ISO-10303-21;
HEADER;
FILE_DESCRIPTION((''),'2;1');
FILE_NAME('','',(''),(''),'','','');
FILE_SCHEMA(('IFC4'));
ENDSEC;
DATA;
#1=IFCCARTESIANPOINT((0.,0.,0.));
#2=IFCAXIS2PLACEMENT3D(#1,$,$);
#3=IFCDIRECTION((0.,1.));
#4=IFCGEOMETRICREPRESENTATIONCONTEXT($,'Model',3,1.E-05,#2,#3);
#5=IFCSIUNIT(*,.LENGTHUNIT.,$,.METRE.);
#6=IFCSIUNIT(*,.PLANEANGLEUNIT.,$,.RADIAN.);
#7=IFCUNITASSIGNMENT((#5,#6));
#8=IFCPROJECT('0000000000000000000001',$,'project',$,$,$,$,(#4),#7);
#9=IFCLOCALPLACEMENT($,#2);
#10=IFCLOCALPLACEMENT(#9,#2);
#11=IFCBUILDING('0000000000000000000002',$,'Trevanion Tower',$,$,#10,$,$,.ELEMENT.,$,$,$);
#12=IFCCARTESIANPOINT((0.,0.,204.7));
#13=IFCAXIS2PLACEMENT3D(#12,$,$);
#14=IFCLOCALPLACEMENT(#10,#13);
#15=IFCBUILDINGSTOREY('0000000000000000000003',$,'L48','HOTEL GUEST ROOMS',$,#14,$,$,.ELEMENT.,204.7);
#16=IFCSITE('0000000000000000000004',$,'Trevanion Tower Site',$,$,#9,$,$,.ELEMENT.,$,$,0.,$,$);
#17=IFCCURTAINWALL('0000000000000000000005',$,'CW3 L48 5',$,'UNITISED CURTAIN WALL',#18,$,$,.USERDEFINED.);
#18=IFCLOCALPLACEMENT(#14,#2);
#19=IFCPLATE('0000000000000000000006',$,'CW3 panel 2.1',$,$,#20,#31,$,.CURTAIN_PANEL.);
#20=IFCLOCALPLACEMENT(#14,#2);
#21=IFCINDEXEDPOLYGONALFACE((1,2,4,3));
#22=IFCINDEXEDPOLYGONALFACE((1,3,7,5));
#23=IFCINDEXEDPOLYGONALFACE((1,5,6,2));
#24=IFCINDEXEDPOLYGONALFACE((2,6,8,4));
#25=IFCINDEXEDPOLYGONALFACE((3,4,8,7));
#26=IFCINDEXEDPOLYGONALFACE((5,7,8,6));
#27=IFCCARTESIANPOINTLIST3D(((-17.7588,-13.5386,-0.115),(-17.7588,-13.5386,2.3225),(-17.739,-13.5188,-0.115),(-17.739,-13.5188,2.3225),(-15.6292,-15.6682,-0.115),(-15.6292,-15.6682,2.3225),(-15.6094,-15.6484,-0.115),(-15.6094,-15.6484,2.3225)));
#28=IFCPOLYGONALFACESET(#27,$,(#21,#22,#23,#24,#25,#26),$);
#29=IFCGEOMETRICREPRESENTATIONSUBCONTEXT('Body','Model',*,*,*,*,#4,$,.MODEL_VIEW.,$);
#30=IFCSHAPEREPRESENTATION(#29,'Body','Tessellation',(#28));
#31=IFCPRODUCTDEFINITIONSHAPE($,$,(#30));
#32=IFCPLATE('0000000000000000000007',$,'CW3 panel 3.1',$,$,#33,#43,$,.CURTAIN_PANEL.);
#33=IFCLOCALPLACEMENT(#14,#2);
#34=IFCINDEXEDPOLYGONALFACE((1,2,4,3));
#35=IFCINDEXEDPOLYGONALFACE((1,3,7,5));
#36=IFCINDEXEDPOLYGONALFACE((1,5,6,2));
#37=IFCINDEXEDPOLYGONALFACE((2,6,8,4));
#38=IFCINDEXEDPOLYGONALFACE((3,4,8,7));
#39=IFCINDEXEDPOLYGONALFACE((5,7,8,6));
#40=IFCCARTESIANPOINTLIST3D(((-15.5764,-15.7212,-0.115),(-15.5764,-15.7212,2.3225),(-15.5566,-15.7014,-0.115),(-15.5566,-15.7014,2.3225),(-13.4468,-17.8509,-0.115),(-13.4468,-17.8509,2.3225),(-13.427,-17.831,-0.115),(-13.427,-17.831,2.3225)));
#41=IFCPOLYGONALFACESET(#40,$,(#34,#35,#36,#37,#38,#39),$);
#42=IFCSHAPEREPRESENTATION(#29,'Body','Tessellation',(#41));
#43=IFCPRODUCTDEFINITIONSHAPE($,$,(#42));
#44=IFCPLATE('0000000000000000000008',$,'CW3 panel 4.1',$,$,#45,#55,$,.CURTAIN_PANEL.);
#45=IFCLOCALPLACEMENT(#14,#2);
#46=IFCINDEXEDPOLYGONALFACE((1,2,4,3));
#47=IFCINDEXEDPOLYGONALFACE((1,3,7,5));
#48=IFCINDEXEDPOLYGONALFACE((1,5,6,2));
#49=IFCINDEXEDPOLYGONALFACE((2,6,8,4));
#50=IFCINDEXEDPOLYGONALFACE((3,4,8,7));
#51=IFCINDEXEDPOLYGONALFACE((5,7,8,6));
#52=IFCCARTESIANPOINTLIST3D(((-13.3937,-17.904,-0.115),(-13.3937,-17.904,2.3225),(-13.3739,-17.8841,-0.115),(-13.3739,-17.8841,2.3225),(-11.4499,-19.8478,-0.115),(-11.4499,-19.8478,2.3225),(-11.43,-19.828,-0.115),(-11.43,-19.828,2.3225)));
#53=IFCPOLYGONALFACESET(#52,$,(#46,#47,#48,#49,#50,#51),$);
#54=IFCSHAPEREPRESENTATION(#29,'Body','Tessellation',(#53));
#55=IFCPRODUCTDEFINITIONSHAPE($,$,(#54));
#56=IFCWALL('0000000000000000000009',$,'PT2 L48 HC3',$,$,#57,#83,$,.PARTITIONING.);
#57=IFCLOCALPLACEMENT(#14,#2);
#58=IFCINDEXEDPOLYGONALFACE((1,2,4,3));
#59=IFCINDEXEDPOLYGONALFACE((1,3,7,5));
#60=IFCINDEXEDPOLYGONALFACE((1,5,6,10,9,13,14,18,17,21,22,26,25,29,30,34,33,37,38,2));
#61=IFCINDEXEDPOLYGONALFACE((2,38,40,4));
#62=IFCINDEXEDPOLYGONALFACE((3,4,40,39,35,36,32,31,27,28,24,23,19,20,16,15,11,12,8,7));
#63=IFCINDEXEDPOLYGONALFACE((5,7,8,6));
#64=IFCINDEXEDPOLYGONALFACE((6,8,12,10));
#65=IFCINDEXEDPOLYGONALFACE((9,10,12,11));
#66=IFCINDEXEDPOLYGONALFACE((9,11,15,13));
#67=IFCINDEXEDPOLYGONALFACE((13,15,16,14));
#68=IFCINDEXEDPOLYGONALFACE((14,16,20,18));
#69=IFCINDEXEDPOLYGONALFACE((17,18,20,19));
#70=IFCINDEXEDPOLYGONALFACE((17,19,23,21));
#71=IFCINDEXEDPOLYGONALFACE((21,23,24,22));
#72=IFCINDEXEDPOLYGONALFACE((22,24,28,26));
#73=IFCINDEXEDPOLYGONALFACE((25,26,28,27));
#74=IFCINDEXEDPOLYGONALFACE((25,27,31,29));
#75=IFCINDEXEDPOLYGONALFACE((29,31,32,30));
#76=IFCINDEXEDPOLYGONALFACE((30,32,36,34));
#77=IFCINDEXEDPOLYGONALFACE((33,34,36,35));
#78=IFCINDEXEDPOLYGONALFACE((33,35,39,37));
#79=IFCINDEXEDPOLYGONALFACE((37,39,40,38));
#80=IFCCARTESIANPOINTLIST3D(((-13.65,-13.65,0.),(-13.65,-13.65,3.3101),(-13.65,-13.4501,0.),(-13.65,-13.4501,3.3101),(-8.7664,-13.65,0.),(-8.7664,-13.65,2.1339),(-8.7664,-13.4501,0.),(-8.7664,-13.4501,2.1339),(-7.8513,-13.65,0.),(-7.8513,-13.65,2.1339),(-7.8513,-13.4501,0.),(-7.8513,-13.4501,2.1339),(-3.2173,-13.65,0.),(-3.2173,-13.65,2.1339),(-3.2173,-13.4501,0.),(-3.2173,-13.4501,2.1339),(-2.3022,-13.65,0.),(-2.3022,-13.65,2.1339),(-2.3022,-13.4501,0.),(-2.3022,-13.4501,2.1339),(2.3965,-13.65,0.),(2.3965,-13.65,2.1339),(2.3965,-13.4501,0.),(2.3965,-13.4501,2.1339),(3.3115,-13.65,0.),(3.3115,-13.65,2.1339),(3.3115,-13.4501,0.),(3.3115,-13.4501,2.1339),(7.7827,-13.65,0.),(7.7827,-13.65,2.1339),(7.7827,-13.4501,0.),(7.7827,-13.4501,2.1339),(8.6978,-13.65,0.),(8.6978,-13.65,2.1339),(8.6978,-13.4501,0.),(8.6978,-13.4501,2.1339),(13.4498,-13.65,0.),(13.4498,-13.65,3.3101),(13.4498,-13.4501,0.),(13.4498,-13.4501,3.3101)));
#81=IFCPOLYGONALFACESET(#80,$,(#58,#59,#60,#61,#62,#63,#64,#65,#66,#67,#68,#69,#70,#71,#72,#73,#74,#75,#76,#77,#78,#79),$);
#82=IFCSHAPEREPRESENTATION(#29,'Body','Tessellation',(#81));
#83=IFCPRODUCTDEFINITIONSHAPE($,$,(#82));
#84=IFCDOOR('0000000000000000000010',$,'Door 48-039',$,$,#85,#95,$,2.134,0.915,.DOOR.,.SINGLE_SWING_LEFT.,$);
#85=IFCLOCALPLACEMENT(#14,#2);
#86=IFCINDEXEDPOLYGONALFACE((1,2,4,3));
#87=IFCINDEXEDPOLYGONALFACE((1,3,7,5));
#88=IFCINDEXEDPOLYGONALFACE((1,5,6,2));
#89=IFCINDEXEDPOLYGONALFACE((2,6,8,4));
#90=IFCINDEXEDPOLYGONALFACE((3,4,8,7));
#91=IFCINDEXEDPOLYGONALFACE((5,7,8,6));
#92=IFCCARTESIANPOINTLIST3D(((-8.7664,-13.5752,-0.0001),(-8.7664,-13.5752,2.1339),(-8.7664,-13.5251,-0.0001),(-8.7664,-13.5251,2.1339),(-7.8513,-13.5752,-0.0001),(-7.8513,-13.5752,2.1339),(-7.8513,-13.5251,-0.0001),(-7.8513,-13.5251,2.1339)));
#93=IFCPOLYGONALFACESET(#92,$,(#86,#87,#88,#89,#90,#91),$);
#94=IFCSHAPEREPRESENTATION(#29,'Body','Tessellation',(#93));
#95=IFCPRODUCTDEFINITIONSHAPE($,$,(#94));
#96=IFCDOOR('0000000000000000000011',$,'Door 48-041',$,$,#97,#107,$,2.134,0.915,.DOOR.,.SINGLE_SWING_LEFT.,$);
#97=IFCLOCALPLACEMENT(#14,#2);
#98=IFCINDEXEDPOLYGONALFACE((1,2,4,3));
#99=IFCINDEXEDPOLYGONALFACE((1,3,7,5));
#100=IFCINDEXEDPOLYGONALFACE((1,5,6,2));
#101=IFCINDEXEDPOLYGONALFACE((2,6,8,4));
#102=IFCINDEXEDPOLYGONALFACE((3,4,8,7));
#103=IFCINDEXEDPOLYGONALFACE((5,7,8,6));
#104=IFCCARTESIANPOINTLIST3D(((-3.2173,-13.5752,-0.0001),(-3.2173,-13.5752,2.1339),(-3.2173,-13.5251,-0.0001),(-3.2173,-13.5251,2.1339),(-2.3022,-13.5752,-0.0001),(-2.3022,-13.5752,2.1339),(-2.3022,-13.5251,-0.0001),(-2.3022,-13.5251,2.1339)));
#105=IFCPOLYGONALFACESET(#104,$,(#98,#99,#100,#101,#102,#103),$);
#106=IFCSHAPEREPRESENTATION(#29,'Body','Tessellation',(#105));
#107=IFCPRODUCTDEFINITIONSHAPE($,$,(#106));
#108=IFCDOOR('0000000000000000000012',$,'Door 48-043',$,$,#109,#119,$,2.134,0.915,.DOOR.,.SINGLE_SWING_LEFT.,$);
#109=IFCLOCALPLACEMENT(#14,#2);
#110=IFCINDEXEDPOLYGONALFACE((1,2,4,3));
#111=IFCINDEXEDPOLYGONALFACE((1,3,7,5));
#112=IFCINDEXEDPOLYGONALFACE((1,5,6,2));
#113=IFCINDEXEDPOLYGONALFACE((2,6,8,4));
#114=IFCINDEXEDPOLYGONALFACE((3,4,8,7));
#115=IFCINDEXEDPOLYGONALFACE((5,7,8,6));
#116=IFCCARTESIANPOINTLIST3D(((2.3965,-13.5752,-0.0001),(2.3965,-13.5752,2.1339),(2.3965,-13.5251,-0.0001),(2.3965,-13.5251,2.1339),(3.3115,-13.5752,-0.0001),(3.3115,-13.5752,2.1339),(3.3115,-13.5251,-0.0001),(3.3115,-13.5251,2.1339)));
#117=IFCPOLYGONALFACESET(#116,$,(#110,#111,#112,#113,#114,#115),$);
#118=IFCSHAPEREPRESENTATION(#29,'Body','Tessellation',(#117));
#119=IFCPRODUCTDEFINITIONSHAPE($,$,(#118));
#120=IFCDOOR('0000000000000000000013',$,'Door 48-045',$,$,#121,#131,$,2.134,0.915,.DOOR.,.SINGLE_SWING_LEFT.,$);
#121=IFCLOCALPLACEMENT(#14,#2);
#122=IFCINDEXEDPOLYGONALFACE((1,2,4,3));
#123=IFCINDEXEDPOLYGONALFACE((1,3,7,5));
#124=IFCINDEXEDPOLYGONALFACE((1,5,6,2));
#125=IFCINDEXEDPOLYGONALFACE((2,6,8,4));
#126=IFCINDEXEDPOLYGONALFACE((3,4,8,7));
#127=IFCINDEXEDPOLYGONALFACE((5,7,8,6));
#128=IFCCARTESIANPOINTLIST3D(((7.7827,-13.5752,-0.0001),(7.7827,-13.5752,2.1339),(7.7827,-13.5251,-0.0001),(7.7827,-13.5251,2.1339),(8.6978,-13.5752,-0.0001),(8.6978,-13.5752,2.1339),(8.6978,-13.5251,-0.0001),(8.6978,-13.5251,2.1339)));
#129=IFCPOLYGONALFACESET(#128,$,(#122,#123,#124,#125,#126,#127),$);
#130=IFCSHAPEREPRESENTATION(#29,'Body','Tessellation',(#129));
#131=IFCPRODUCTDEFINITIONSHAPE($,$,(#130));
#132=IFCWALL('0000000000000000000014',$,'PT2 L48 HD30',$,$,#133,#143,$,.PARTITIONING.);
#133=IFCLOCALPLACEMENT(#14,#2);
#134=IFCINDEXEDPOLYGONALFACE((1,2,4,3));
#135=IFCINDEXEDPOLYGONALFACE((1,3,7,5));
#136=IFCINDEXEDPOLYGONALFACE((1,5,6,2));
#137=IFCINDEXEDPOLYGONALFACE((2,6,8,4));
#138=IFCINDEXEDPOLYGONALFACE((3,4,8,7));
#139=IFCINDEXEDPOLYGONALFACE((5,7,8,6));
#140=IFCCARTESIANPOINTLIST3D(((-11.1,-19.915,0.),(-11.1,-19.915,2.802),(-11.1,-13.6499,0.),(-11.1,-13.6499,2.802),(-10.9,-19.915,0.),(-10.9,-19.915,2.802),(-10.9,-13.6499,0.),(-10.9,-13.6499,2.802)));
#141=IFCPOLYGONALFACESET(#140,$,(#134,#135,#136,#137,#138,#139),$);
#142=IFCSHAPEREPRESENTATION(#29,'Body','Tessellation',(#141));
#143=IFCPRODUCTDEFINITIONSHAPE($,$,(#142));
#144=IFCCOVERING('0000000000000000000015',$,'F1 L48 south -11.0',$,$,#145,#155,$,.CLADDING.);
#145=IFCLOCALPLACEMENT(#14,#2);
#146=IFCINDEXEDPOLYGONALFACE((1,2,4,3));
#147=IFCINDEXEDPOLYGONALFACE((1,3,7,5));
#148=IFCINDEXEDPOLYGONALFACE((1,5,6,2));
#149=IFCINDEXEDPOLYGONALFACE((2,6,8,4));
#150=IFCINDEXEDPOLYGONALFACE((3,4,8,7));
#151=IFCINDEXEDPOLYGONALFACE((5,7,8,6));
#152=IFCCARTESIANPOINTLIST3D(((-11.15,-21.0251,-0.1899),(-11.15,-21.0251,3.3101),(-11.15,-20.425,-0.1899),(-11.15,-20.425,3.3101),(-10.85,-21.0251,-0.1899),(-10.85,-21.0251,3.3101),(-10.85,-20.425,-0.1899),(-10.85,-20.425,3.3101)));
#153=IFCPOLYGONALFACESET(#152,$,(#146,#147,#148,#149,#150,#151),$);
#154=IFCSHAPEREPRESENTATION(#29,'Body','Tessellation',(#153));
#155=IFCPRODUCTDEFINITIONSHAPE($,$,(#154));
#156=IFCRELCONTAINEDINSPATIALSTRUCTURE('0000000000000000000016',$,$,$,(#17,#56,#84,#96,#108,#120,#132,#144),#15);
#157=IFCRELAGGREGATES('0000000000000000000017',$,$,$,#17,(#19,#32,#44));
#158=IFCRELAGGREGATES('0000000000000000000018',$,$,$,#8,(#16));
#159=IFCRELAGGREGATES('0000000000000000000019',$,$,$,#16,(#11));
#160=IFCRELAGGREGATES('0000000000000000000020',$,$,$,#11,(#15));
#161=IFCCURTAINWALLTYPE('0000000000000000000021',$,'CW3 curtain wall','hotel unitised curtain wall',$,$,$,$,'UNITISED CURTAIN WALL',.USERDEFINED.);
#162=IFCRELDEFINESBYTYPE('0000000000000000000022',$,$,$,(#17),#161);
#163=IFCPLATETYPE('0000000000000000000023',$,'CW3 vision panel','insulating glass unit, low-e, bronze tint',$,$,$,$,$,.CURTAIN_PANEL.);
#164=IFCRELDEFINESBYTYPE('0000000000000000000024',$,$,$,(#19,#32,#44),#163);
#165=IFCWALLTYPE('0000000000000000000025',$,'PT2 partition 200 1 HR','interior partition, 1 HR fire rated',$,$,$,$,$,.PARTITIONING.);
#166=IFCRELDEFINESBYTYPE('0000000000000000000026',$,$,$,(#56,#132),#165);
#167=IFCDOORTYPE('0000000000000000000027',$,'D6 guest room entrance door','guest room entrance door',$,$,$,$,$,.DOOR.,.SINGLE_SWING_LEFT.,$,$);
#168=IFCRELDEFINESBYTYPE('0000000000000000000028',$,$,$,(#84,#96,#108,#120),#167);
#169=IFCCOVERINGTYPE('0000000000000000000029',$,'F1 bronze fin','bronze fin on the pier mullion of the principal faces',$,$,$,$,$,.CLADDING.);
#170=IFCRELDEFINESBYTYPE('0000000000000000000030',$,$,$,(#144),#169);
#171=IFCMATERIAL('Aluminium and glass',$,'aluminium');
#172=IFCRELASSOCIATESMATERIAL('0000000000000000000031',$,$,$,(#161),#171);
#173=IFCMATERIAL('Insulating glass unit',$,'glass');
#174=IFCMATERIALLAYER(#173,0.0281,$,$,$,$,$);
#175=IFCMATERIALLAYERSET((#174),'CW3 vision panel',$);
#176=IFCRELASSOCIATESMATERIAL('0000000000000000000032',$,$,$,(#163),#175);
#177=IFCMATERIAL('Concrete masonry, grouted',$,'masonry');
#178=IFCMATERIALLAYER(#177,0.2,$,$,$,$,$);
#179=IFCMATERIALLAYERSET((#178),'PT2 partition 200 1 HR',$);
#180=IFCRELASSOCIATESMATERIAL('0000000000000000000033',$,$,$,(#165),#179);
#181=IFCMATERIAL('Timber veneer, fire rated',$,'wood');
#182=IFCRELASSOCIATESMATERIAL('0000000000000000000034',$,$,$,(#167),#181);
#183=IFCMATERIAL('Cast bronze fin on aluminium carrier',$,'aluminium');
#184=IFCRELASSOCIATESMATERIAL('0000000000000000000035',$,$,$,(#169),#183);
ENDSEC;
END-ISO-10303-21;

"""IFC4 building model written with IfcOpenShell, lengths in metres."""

from ifc_helpers import new_model, si_unit, direction, frame, frame_2d, origin, origin_2d, place, context, subcontext, project, spatial, rectangle, extrude, material, layer, layer_set, type_object, element, fill, aggregate, save


model = new_model("IFC4")

# Units and contexts
model_context = context("Model", 3, precision=1e-05, world=origin(), true_north=direction((0.0, 1.0)))
body_context = subcontext(model_context, "Body", "Model", "MODEL_VIEW")
ifc_project = project(units=[si_unit("LENGTHUNIT", "METRE"), si_unit("PLANEANGLEUNIT", "RADIAN")], contexts=[model_context])

# Site, building, storey
site_placement = place(None, origin())
site = spatial("IfcSite", under=ifc_project, at=site_placement, Name="Trevanion Tower Site", CompositionType="ELEMENT", RefElevation=0.0)
building_placement = place(site_placement, origin())
building = spatial("IfcBuilding", under=site, at=building_placement, Name="Trevanion Tower", CompositionType="ELEMENT")
storey_placement = place(building_placement, frame((0.0, 0.0, 204.7)))
storey = spatial("IfcBuildingStorey", under=building, at=storey_placement, Name="L48", Description="HOTEL GUEST ROOMS", CompositionType="ELEMENT", Elevation=204.7)

# Curtain wall
ifc_material_1 = material(Name="Aluminium and glass", Category="aluminium")
curtain_wall_type = type_object("IfcCurtainWallType", Name="CW3 curtain wall", Description="hotel unitised curtain wall", ElementType="UNITISED CURTAIN WALL", PredefinedType="USERDEFINED", material=ifc_material_1)
curtain_wall_1_placement = place(storey_placement, origin())
curtain_wall_1 = element("IfcCurtainWall", 1, at=curtain_wall_1_placement, inside=storey, type_object=curtain_wall_type, Name="CW3 L48 5", ObjectType="UNITISED CURTAIN WALL", PredefinedType="USERDEFINED")

# Plates
ifc_material_2 = material(Name="Insulating glass unit", Category="glass")
ifc_layer_1 = layer(ifc_material_2, 0.0281)
ifc_layer_set_1 = layer_set([ifc_layer_1], Name="CW3 vision panel")
plate_type_1 = type_object("IfcPlateType", Name="CW3 vision panel", Description="insulating glass unit, low-e, bronze tint", PredefinedType="CURTAIN_PANEL", material=ifc_layer_set_1)
plate_1_placement = place(storey_placement, frame((-16.6841, -14.5935, -0.115), z_axis=(0.0, 0.0, 1.0), x_axis=(0.707107, -0.707107, 0.0)))
plate_1 = element("IfcPlate", 2, at=plate_1_placement, type_object=plate_type_1, Name="CW3 panel 2.1", PredefinedType="CURTAIN_PANEL", context=body_context, shape_type="SweptSolid", body=[
    extrude(rectangle(XDim=3.0117, YDim=0.0281, at=origin_2d()), origin(), (0.0, 0.0, 1.0), 2.4375),
])
plate_2_placement = place(storey_placement, frame((-14.5017, -16.7761, -0.115), z_axis=(0.0, 0.0, 1.0), x_axis=(0.707107, -0.707107, 0.0)))
plate_2 = element("IfcPlate", 3, at=plate_2_placement, type_object=plate_type_1, Name="CW3 panel 3.1", PredefinedType="CURTAIN_PANEL", context=body_context, shape_type="SweptSolid", body=[
    extrude(rectangle(XDim=3.0117, YDim=0.0281, at=origin_2d()), origin(), (0.0, 0.0, 1.0), 2.4375),
])
plate_3_placement = place(storey_placement, frame((-12.4119, -18.866, -0.115), z_axis=(0.0, 0.0, 1.0), x_axis=(0.707107, -0.707107, 0.0)))
plate_3 = element("IfcPlate", 4, at=plate_3_placement, type_object=plate_type_1, Name="CW3 panel 4.1", PredefinedType="CURTAIN_PANEL", context=body_context, shape_type="SweptSolid", body=[
    extrude(rectangle(XDim=2.749, YDim=0.0281, at=origin_2d()), origin(), (0.0, 0.0, 1.0), 2.4375),
])
aggregate(curtain_wall_1, [plate_1, plate_2, plate_3])

# Wall, openings, doors
ifc_material_3 = material(Name="Concrete masonry, grouted", Category="masonry")
ifc_layer_2 = layer(ifc_material_3, 0.2)
ifc_layer_set_2 = layer_set([ifc_layer_2], Name="PT2 partition 200 1 HR")
wall_type = type_object("IfcWallType", Name="PT2 partition 200 1 HR", Description="interior partition, 1 HR fire rated", PredefinedType="PARTITIONING", material=ifc_layer_set_2)
wall_1_placement = place(storey_placement, frame((-13.6499, -13.55, 0.0), z_axis=(0.0, 0.0, 1.0), x_axis=(1.0, 0.0, 0.0)))
wall_1 = element("IfcWall", 5, at=wall_1_placement, inside=storey, type_object=wall_type, Name="PT2 L48 HC3", PredefinedType="PARTITIONING", context=body_context, shape_type="SweptSolid", body=[
    extrude(rectangle(XDim=27.0999, YDim=0.2, at=frame_2d((13.5498, 0.0))), origin(), (0.0, 0.0, 1.0), 3.3101),
])
opening_1_placement = place(wall_1_placement, frame((4.8835, 0.0, 0.0)))
opening_1 = element("IfcOpeningElement", 6, at=opening_1_placement, cuts=wall_1, PredefinedType="OPENING", context=body_context, shape_type="SweptSolid", body=[
    extrude(rectangle(XDim=0.915, YDim=2.134, at=frame_2d((0.4575, 1.0669))), frame((0.0, 0.1099, 0.0), z_axis=(0.0, -1.0, 0.0), x_axis=(1.0, 0.0, 0.0)), (0.0, 0.0, 1.0), 0.22),
])
opening_2_placement = place(wall_1_placement, frame((10.4326, 0.0, 0.0)))
opening_2 = element("IfcOpeningElement", 7, at=opening_2_placement, cuts=wall_1, PredefinedType="OPENING", context=body_context, shape_type="SweptSolid", body=[
    extrude(rectangle(XDim=0.915, YDim=2.134, at=frame_2d((0.4575, 1.0669))), frame((0.0, 0.1099, 0.0), z_axis=(0.0, -1.0, 0.0), x_axis=(1.0, 0.0, 0.0)), (0.0, 0.0, 1.0), 0.22),
])
opening_3_placement = place(wall_1_placement, frame((16.0464, 0.0, 0.0)))
opening_3 = element("IfcOpeningElement", 8, at=opening_3_placement, cuts=wall_1, PredefinedType="OPENING", context=body_context, shape_type="SweptSolid", body=[
    extrude(rectangle(XDim=0.915, YDim=2.134, at=frame_2d((0.4575, 1.0669))), frame((0.0, 0.1099, 0.0), z_axis=(0.0, -1.0, 0.0), x_axis=(1.0, 0.0, 0.0)), (0.0, 0.0, 1.0), 0.22),
])
opening_4_placement = place(wall_1_placement, frame((21.4326, 0.0, 0.0)))
opening_4 = element("IfcOpeningElement", 9, at=opening_4_placement, cuts=wall_1, PredefinedType="OPENING", context=body_context, shape_type="SweptSolid", body=[
    extrude(rectangle(XDim=0.915, YDim=2.134, at=frame_2d((0.4575, 1.0669))), frame((0.0, 0.1099, 0.0), z_axis=(0.0, -1.0, 0.0), x_axis=(1.0, 0.0, 0.0)), (0.0, 0.0, 1.0), 0.22),
])
ifc_material_4 = material(Name="Timber veneer, fire rated", Category="wood")
door_type = type_object("IfcDoorType", Name="D6 guest room entrance door", Description="guest room entrance door", OperationType="SINGLE_SWING_LEFT", PredefinedType="DOOR", material=ifc_material_4)
door_1_placement = place(opening_1_placement, origin())
door_1 = element("IfcDoor", 10, at=door_1_placement, inside=storey, type_object=door_type, Name="Door 48-039", OperationType="SINGLE_SWING_LEFT", OverallHeight=2.134, OverallWidth=0.915, PredefinedType="DOOR", context=body_context, shape_type="SweptSolid", body=[
    extrude(rectangle(XDim=0.915, YDim=2.134, at=frame_2d((0.4575, 1.0669))), frame((0.0, 0.0249, 0.0), z_axis=(0.0, -1.0, 0.0), x_axis=(1.0, 0.0, 0.0)), (0.0, 0.0, 1.0), 0.05),
])
fill(opening_1, door_1)
door_2_placement = place(opening_2_placement, origin())
door_2 = element("IfcDoor", 11, at=door_2_placement, inside=storey, type_object=door_type, Name="Door 48-041", OperationType="SINGLE_SWING_LEFT", OverallHeight=2.134, OverallWidth=0.915, PredefinedType="DOOR", context=body_context, shape_type="SweptSolid", body=[
    extrude(rectangle(XDim=0.915, YDim=2.134, at=frame_2d((0.4575, 1.0669))), frame((0.0, 0.0249, 0.0), z_axis=(0.0, -1.0, 0.0), x_axis=(1.0, 0.0, 0.0)), (0.0, 0.0, 1.0), 0.05),
])
fill(opening_2, door_2)
door_3_placement = place(opening_3_placement, origin())
door_3 = element("IfcDoor", 12, at=door_3_placement, inside=storey, type_object=door_type, Name="Door 48-043", OperationType="SINGLE_SWING_LEFT", OverallHeight=2.134, OverallWidth=0.915, PredefinedType="DOOR", context=body_context, shape_type="SweptSolid", body=[
    extrude(rectangle(XDim=0.915, YDim=2.134, at=frame_2d((0.4575, 1.0669))), frame((0.0, 0.0249, 0.0), z_axis=(0.0, -1.0, 0.0), x_axis=(1.0, 0.0, 0.0)), (0.0, 0.0, 1.0), 0.05),
])
fill(opening_3, door_3)
door_4_placement = place(opening_4_placement, origin())
door_4 = element("IfcDoor", 13, at=door_4_placement, inside=storey, type_object=door_type, Name="Door 48-045", OperationType="SINGLE_SWING_LEFT", OverallHeight=2.134, OverallWidth=0.915, PredefinedType="DOOR", context=body_context, shape_type="SweptSolid", body=[
    extrude(rectangle(XDim=0.915, YDim=2.134, at=frame_2d((0.4575, 1.0669))), frame((0.0, 0.0249, 0.0), z_axis=(0.0, -1.0, 0.0), x_axis=(1.0, 0.0, 0.0)), (0.0, 0.0, 1.0), 0.05),
])
fill(opening_4, door_4)

# Wall
wall_2_placement = place(storey_placement, frame((-11.0, -13.6499, 0.0), z_axis=(0.0, 0.0, 1.0), x_axis=(0.0, -1.0, 0.0)))
element("IfcWall", 14, at=wall_2_placement, inside=storey, type_object=wall_type, Name="PT2 L48 HD30", PredefinedType="PARTITIONING", context=body_context, shape_type="SweptSolid", body=[
    extrude(rectangle(XDim=6.2651, YDim=0.2, at=frame_2d((3.1326, 0.0))), origin(), (0.0, 0.0, 1.0), 2.802),
])

# Covering
ifc_material_5 = material(Name="Cast bronze fin on aluminium carrier", Category="aluminium")
covering_type = type_object("IfcCoveringType", Name="F1 bronze fin", Description="bronze fin on the pier mullion of the principal faces", PredefinedType="CLADDING", material=ifc_material_5)
covering_placement = place(storey_placement, frame((-11.0, -20.7251, -0.1899), z_axis=(0.0, 0.0, 1.0), x_axis=(1.0, 0.0, 0.0)))
element("IfcCovering", 15, at=covering_placement, inside=storey, type_object=covering_type, Name="F1 L48 south -11.0", PredefinedType="CLADDING", context=body_context, shape_type="SweptSolid", body=[
    extrude(rectangle(XDim=0.3, YDim=0.6001, at=origin_2d()), origin(), (0.0, 0.0, 1.0), 3.5),
])

save(model, "model.ifc")
